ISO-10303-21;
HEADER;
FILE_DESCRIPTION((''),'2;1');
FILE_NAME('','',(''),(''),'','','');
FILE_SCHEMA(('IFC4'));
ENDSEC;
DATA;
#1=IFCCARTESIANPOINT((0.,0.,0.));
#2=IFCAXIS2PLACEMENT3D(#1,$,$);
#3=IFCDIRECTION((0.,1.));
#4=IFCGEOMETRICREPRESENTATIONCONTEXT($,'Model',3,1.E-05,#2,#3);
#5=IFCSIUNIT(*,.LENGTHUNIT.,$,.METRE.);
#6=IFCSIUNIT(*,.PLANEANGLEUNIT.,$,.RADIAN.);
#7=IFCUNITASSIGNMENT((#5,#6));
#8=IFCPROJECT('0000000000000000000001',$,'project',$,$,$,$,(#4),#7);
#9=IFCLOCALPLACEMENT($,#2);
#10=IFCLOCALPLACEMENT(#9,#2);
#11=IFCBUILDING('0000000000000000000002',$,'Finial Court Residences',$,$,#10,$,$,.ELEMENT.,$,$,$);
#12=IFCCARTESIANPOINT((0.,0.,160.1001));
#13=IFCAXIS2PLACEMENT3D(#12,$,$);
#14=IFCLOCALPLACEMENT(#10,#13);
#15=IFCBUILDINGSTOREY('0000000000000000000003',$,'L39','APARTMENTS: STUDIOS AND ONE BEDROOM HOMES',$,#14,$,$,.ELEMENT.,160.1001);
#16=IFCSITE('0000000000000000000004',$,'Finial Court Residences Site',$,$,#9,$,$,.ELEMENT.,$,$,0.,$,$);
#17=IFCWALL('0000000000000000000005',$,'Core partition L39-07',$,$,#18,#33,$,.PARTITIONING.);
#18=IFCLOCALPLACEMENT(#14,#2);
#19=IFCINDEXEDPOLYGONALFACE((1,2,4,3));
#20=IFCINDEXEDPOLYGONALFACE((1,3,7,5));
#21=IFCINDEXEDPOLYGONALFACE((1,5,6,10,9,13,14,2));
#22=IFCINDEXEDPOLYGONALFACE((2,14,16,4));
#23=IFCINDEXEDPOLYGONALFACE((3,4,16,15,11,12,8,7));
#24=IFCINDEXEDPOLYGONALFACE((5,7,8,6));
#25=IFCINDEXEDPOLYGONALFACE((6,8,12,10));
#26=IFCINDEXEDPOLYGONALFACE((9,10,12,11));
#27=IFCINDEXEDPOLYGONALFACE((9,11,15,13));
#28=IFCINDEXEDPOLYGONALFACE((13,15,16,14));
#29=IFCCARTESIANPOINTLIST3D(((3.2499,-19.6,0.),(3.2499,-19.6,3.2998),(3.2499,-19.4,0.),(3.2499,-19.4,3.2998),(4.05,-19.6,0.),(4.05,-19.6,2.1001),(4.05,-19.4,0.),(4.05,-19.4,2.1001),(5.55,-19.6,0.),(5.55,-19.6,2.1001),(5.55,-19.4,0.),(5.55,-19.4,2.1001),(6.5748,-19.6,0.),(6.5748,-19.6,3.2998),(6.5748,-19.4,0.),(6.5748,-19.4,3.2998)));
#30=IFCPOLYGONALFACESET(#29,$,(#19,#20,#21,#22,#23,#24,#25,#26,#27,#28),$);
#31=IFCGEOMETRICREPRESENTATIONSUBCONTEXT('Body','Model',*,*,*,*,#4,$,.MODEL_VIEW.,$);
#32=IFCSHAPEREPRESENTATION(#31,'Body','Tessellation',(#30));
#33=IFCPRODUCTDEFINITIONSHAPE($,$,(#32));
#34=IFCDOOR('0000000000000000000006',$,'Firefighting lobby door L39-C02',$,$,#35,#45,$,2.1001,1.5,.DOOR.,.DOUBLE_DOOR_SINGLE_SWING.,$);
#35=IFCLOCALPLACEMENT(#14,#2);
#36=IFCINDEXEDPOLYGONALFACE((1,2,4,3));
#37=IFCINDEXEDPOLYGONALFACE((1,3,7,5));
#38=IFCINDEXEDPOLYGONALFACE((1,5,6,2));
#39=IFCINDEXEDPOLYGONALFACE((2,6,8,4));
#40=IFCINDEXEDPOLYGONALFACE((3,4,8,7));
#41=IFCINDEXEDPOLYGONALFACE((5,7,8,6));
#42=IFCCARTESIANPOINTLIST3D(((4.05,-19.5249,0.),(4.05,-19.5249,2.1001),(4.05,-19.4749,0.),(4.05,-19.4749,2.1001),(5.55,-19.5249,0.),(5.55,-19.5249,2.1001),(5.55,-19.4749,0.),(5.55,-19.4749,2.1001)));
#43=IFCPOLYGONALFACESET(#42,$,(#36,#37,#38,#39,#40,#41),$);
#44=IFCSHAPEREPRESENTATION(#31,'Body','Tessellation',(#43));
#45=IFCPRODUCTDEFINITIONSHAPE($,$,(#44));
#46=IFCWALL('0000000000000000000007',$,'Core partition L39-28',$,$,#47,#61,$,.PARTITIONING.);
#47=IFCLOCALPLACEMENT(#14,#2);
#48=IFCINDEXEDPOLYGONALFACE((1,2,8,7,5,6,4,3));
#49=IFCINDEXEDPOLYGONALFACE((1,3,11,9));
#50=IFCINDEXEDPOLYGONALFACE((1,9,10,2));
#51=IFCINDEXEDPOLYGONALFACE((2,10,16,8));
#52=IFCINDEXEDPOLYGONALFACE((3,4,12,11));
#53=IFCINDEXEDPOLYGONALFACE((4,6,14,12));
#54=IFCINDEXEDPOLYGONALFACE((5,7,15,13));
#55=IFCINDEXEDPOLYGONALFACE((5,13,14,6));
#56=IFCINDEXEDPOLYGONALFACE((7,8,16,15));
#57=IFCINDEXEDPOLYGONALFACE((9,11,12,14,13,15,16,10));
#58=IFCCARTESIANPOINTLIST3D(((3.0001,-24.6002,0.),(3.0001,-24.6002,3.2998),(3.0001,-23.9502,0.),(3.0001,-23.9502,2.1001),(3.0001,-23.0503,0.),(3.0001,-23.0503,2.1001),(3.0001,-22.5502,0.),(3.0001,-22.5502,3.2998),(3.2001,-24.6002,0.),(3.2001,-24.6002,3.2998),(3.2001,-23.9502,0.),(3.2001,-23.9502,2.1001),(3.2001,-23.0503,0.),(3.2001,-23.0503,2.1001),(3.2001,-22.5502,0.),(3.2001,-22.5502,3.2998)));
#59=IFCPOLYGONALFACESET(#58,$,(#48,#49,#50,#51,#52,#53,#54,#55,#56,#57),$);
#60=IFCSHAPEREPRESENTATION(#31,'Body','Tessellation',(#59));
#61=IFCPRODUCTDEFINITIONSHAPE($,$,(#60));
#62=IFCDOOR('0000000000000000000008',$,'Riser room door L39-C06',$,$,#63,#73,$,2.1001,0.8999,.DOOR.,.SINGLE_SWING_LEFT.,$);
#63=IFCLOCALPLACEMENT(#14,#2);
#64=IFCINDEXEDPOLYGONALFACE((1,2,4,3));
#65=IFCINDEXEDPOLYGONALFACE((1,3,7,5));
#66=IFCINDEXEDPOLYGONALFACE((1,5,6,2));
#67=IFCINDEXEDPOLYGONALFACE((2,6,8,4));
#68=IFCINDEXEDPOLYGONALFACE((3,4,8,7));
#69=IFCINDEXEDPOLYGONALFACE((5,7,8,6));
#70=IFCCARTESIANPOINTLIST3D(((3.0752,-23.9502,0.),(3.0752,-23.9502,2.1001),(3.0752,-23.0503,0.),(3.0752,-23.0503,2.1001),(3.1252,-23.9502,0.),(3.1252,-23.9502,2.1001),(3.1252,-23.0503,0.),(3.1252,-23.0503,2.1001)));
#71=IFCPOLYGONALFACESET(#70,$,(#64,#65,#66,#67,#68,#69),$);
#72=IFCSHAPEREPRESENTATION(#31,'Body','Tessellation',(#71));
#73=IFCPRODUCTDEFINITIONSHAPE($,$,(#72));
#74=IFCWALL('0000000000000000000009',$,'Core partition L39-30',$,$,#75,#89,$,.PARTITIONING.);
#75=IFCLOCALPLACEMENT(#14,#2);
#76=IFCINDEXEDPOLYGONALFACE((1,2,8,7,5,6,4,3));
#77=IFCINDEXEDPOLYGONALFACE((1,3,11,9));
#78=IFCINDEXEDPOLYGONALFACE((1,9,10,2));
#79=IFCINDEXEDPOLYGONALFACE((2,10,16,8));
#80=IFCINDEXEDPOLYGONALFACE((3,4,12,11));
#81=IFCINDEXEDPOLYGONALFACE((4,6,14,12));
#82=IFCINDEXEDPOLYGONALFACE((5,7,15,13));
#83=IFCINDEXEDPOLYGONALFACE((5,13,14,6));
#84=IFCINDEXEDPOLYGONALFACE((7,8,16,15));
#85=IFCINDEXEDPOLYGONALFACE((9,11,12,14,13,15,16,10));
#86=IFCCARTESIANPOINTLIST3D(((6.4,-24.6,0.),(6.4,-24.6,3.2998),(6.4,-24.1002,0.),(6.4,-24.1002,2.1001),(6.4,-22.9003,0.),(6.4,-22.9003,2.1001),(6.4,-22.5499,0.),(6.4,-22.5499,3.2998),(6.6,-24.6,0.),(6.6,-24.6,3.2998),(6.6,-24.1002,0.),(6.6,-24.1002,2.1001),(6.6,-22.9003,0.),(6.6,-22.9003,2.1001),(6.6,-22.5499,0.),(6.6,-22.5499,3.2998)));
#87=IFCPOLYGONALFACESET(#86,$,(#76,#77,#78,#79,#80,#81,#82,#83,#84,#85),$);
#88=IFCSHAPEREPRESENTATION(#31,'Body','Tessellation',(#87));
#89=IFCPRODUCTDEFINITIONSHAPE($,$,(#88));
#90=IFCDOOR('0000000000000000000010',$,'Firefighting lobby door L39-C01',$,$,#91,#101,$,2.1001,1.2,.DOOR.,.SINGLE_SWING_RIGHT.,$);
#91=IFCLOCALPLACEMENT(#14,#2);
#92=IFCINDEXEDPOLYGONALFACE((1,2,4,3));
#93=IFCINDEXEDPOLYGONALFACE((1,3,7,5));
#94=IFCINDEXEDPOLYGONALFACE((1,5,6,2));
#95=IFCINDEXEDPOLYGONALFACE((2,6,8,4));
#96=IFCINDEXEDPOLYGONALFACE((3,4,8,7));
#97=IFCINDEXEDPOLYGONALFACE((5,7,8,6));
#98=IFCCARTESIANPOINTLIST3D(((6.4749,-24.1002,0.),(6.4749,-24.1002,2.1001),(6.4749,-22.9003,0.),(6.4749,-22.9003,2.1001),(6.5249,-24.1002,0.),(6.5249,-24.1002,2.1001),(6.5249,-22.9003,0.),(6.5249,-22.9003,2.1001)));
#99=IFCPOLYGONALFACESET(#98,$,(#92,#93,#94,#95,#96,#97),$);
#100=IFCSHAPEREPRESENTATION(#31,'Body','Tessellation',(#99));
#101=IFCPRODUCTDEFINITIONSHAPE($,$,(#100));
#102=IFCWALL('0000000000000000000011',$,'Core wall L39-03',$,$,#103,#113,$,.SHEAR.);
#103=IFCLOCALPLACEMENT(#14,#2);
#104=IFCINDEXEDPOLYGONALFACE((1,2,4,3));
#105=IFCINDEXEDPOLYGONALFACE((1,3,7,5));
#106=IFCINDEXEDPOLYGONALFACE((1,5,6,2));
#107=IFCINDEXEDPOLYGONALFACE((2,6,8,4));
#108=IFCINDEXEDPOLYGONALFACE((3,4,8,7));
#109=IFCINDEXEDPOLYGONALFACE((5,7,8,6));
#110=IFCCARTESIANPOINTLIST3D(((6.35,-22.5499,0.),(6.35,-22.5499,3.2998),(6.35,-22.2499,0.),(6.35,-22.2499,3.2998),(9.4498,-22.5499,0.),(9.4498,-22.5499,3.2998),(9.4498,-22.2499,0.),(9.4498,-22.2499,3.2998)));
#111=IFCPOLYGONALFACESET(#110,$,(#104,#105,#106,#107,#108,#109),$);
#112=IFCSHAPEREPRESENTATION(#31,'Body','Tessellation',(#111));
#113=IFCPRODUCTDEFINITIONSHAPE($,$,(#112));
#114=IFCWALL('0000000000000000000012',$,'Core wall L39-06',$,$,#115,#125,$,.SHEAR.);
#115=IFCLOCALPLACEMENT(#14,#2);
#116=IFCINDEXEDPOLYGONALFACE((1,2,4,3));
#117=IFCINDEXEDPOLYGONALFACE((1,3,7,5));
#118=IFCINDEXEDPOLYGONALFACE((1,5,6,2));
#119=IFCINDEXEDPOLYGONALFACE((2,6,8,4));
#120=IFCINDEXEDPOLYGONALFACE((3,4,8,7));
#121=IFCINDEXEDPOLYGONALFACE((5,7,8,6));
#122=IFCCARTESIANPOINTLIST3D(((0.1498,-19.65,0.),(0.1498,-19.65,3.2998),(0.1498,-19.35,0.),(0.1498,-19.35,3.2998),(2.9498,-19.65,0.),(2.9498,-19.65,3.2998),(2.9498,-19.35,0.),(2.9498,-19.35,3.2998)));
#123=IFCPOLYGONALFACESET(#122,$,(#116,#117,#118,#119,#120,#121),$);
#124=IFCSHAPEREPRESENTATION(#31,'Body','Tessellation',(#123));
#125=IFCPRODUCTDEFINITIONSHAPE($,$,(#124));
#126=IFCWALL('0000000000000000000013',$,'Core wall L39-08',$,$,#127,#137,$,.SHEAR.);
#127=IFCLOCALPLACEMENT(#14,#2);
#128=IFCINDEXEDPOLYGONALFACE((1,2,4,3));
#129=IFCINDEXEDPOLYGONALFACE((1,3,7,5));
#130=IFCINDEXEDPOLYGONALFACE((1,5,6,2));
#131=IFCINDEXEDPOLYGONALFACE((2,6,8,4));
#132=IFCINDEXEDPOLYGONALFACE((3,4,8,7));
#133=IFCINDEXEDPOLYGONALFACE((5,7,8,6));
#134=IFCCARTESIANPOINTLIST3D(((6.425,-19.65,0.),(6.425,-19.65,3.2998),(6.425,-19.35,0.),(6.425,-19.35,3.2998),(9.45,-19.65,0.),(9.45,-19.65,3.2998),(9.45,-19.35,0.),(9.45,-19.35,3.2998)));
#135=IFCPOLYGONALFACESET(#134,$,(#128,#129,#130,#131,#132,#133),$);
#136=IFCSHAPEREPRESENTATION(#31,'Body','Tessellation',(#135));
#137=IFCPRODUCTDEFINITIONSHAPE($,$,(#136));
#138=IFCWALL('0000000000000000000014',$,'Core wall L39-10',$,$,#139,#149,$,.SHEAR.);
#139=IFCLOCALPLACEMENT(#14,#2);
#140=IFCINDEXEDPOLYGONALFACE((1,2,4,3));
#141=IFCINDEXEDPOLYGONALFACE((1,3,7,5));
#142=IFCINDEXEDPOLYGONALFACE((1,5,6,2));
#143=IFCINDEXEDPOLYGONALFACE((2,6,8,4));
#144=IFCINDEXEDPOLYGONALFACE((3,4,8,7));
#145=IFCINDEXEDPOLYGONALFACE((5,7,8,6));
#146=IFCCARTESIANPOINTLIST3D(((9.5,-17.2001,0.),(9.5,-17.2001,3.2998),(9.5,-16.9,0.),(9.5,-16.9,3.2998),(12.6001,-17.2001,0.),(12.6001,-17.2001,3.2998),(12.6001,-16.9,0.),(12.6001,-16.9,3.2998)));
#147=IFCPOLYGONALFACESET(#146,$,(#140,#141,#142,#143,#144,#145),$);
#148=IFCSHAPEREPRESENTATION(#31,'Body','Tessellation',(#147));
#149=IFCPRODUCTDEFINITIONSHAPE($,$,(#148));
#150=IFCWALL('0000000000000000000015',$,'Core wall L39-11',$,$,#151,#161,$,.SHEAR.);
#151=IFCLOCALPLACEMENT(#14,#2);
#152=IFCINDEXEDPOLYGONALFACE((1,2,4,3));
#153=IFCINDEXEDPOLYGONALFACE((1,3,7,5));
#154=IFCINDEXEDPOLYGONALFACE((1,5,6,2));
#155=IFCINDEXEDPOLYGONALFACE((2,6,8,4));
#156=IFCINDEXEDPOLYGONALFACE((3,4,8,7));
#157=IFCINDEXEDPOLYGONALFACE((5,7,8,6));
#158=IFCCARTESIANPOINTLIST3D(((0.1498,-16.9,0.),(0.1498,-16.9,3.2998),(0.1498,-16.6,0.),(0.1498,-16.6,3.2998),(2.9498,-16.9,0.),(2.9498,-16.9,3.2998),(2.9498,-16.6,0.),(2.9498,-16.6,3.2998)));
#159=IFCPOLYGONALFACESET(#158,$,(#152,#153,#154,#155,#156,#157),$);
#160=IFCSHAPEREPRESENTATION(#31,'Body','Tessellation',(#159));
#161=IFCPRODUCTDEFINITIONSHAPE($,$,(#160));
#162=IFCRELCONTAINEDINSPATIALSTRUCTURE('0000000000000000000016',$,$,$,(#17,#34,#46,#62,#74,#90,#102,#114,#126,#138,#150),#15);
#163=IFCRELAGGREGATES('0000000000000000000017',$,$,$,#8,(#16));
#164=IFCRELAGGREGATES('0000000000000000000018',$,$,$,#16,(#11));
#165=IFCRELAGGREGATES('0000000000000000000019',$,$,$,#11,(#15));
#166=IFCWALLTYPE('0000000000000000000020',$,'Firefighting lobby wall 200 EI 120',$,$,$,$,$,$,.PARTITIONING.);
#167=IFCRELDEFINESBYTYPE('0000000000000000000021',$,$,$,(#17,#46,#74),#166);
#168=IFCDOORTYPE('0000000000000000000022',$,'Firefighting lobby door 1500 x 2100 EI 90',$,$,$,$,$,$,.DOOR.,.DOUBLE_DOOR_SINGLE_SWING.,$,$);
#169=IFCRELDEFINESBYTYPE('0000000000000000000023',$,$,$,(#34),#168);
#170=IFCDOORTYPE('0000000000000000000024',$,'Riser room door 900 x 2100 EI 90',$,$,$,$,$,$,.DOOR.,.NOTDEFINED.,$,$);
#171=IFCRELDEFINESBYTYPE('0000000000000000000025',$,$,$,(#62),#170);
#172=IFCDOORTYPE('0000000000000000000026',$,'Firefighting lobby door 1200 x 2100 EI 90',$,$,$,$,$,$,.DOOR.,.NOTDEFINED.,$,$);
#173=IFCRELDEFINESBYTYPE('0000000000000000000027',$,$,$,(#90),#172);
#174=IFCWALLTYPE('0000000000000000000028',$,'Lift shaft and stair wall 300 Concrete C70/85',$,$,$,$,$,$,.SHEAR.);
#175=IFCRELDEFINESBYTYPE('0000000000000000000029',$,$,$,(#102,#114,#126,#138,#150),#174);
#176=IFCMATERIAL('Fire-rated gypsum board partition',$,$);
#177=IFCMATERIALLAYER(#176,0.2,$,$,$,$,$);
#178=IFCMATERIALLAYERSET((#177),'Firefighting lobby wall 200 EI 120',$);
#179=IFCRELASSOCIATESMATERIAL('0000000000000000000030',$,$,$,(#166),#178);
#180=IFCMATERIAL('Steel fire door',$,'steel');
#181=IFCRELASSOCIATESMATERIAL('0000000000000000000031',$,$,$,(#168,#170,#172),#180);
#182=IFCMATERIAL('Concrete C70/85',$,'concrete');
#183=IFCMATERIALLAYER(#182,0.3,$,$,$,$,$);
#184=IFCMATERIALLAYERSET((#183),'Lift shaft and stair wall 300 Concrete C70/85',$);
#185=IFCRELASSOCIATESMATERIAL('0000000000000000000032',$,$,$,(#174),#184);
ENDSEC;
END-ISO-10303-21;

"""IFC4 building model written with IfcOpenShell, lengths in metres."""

from ifc_helpers import new_model, si_unit, direction, frame, frame_2d, origin, place, context, subcontext, project, spatial, rectangle, extrude, material, layer, layer_set, type_object, element, fill, save


model = new_model("IFC4")

# Units and contexts
model_context = context("Model", 3, precision=1e-05, world=origin(), true_north=direction((0.0, 1.0)))
body_context = subcontext(model_context, "Body", "Model", "MODEL_VIEW")
ifc_project = project(units=[si_unit("LENGTHUNIT", "METRE"), si_unit("PLANEANGLEUNIT", "RADIAN")], contexts=[model_context])

# Site, building, storey
site_placement = place(None, origin())
site = spatial("IfcSite", under=ifc_project, at=site_placement, Name="Finial Court Residences Site", CompositionType="ELEMENT", RefElevation=0.0)
building_placement = place(site_placement, origin())
building = spatial("IfcBuilding", under=site, at=building_placement, Name="Finial Court Residences", CompositionType="ELEMENT")
storey_placement = place(building_placement, frame((0.0, 0.0, 160.1001)))
storey = spatial("IfcBuildingStorey", under=building, at=storey_placement, Name="L39", Description="APARTMENTS: STUDIOS AND ONE BEDROOM HOMES", CompositionType="ELEMENT", Elevation=160.1001)

# Walls, openings, doors
ifc_material_1 = material(Name="Fire-rated gypsum board partition")
ifc_layer_1 = layer(ifc_material_1, 0.2)
ifc_layer_set_1 = layer_set([ifc_layer_1], Name="Firefighting lobby wall 200 EI 120")
wall_type_1 = type_object("IfcWallType", Name="Firefighting lobby wall 200 EI 120", PredefinedType="PARTITIONING", material=ifc_layer_set_1)
wall_1_placement = place(storey_placement, frame((6.575, -19.5, 0.0), z_axis=(0.0, 0.0, 1.0), x_axis=(-1.0, 0.0, 0.0)))
wall_1 = element("IfcWall", 1, at=wall_1_placement, inside=storey, type_object=wall_type_1, Name="Core partition L39-07", PredefinedType="PARTITIONING", context=body_context, shape_type="SweptSolid", body=[
    extrude(rectangle(XDim=3.325, YDim=0.2, at=frame_2d((1.6626, 0.0))), origin(), (0.0, 0.0, 1.0), 3.2998),
])
opening_1_placement = place(wall_1_placement, frame((1.0249, 0.0, 0.0)))
opening_1 = element("IfcOpeningElement", 2, at=opening_1_placement, cuts=wall_1, PredefinedType="OPENING", context=body_context, shape_type="SweptSolid", body=[
    extrude(rectangle(XDim=1.5, YDim=2.1001, at=frame_2d((0.75, 1.05))), frame((0.0, 0.1099, 0.0), z_axis=(0.0, -1.0, 0.0), x_axis=(1.0, 0.0, 0.0)), (0.0, 0.0, 1.0), 0.22),
])
ifc_material_2 = material(Name="Steel fire door", Category="steel")
door_type_1 = type_object("IfcDoorType", Name="Firefighting lobby door 1500 x 2100 EI 90", OperationType="DOUBLE_DOOR_SINGLE_SWING", PredefinedType="DOOR", material=ifc_material_2)
door_1_placement = place(opening_1_placement, origin())
door_1 = element("IfcDoor", 3, at=door_1_placement, inside=storey, type_object=door_type_1, Name="Firefighting lobby door L39-C02", OperationType="DOUBLE_DOOR_SINGLE_SWING", OverallHeight=2.1001, OverallWidth=1.5, PredefinedType="DOOR", context=body_context, shape_type="SweptSolid", body=[
    extrude(rectangle(XDim=1.5, YDim=2.1001, at=frame_2d((0.75, 1.05))), frame((0.0, 0.0249, 0.0), z_axis=(0.0, -1.0, 0.0), x_axis=(1.0, 0.0, 0.0)), (0.0, 0.0, 1.0), 0.05),
])
fill(opening_1, door_1)
wall_2_placement = place(storey_placement, frame((3.1001, -24.6001, 0.0), z_axis=(0.0, 0.0, 1.0), x_axis=(0.0, 1.0, 0.0)))
wall_2 = element("IfcWall", 4, at=wall_2_placement, inside=storey, type_object=wall_type_1, Name="Core partition L39-28", PredefinedType="PARTITIONING", context=body_context, shape_type="SweptSolid", body=[
    extrude(rectangle(XDim=2.05, YDim=0.2, at=frame_2d((1.0249, 0.0))), origin(), (0.0, 0.0, 1.0), 3.2998),
])
opening_2_placement = place(wall_2_placement, frame((0.6499, 0.0, 0.0)))
opening_2 = element("IfcOpeningElement", 5, at=opening_2_placement, cuts=wall_2, PredefinedType="OPENING", context=body_context, shape_type="SweptSolid", body=[
    extrude(rectangle(XDim=0.8999, YDim=2.1001, at=frame_2d((0.45, 1.05))), frame((0.0, 0.1099, 0.0), z_axis=(0.0, -1.0, 0.0), x_axis=(1.0, 0.0, 0.0)), (0.0, 0.0, 1.0), 0.22),
])
door_type_2 = type_object("IfcDoorType", Name="Riser room door 900 x 2100 EI 90", OperationType="NOTDEFINED", PredefinedType="DOOR", material=ifc_material_2)
door_2_placement = place(opening_2_placement, origin())
door_2 = element("IfcDoor", 6, at=door_2_placement, inside=storey, type_object=door_type_2, Name="Riser room door L39-C06", OperationType="SINGLE_SWING_LEFT", OverallHeight=2.1001, OverallWidth=0.8999, PredefinedType="DOOR", context=body_context, shape_type="SweptSolid", body=[
    extrude(rectangle(XDim=0.8999, YDim=2.1001, at=frame_2d((0.45, 1.05))), frame((0.0, 0.0249, 0.0), z_axis=(0.0, -1.0, 0.0), x_axis=(1.0, 0.0, 0.0)), (0.0, 0.0, 1.0), 0.05),
])
fill(opening_2, door_2)
wall_3_placement = place(storey_placement, frame((6.5, -22.55, 0.0), z_axis=(0.0, 0.0, 1.0), x_axis=(0.0, -1.0, 0.0)))
wall_3 = element("IfcWall", 7, at=wall_3_placement, inside=storey, type_object=wall_type_1, Name="Core partition L39-30", PredefinedType="PARTITIONING", context=body_context, shape_type="SweptSolid", body=[
    extrude(rectangle(XDim=2.05, YDim=0.2, at=frame_2d((1.0249, 0.0))), origin(), (0.0, 0.0, 1.0), 3.2998),
])
opening_3_placement = place(wall_3_placement, frame((0.3501, 0.0, 0.0)))
opening_3 = element("IfcOpeningElement", 8, at=opening_3_placement, cuts=wall_3, PredefinedType="OPENING", context=body_context, shape_type="SweptSolid", body=[
    extrude(rectangle(XDim=1.2, YDim=2.1001, at=frame_2d((0.6001, 1.05))), frame((0.0, 0.1099, 0.0), z_axis=(0.0, -1.0, 0.0), x_axis=(1.0, 0.0, 0.0)), (0.0, 0.0, 1.0), 0.22),
])
door_type_3 = type_object("IfcDoorType", Name="Firefighting lobby door 1200 x 2100 EI 90", OperationType="NOTDEFINED", PredefinedType="DOOR", material=ifc_material_2)
door_3_placement = place(opening_3_placement, origin())
door_3 = element("IfcDoor", 9, at=door_3_placement, inside=storey, type_object=door_type_3, Name="Firefighting lobby door L39-C01", OperationType="SINGLE_SWING_RIGHT", OverallHeight=2.1001, OverallWidth=1.2, PredefinedType="DOOR", context=body_context, shape_type="SweptSolid", body=[
    extrude(rectangle(XDim=1.2, YDim=2.1001, at=frame_2d((0.6001, 1.05))), frame((0.0, 0.0249, 0.0), z_axis=(0.0, -1.0, 0.0), x_axis=(1.0, 0.0, 0.0)), (0.0, 0.0, 1.0), 0.05),
])
fill(opening_3, door_3)

# Walls
ifc_material_3 = material(Name="Concrete C70/85", Category="concrete")
ifc_layer_2 = layer(ifc_material_3, 0.3)
ifc_layer_set_2 = layer_set([ifc_layer_2], Name="Lift shaft and stair wall 300 Concrete C70/85")
wall_type_2 = type_object("IfcWallType", Name="Lift shaft and stair wall 300 Concrete C70/85", PredefinedType="SHEAR", material=ifc_layer_set_2)
wall_4_placement = place(storey_placement, frame((6.3501, -22.3999, 0.0), z_axis=(0.0, 0.0, 1.0), x_axis=(1.0, 0.0, 0.0)))
element("IfcWall", 10, at=wall_4_placement, inside=storey, type_object=wall_type_2, Name="Core wall L39-03", PredefinedType="SHEAR", context=body_context, shape_type="SweptSolid", body=[
    extrude(rectangle(XDim=3.0999, YDim=0.3, at=frame_2d((1.5498, 0.0))), origin(), (0.0, 0.0, 1.0), 3.2998),
])
wall_5_placement = place(storey_placement, frame((0.1499, -19.5, 0.0), z_axis=(0.0, 0.0, 1.0), x_axis=(1.0, 0.0, 0.0)))
element("IfcWall", 11, at=wall_5_placement, inside=storey, type_object=wall_type_2, Name="Core wall L39-06", PredefinedType="SHEAR", context=body_context, shape_type="SweptSolid", body=[
    extrude(rectangle(XDim=2.8, YDim=0.3, at=frame_2d((1.3999, 0.0))), origin(), (0.0, 0.0, 1.0), 3.2998),
])
wall_6_placement = place(storey_placement, frame((6.425, -19.5, 0.0), z_axis=(0.0, 0.0, 1.0), x_axis=(1.0, 0.0, 0.0)))
element("IfcWall", 12, at=wall_6_placement, inside=storey, type_object=wall_type_2, Name="Core wall L39-08", PredefinedType="SHEAR", context=body_context, shape_type="SweptSolid", body=[
    extrude(rectangle(XDim=3.0249, YDim=0.3, at=frame_2d((1.5125, 0.0))), origin(), (0.0, 0.0, 1.0), 3.2998),
])
wall_7_placement = place(storey_placement, frame((9.5, -17.05, 0.0), z_axis=(0.0, 0.0, 1.0), x_axis=(1.0, 0.0, 0.0)))
element("IfcWall", 13, at=wall_7_placement, inside=storey, type_object=wall_type_2, Name="Core wall L39-10", PredefinedType="SHEAR", context=body_context, shape_type="SweptSolid", body=[
    extrude(rectangle(XDim=3.1001, YDim=0.3, at=frame_2d((1.55, 0.0))), origin(), (0.0, 0.0, 1.0), 3.2998),
])
wall_8_placement = place(storey_placement, frame((0.1499, -16.75, 0.0), z_axis=(0.0, 0.0, 1.0), x_axis=(1.0, 0.0, 0.0)))
element("IfcWall", 14, at=wall_8_placement, inside=storey, type_object=wall_type_2, Name="Core wall L39-11", PredefinedType="SHEAR", context=body_context, shape_type="SweptSolid", body=[
    extrude(rectangle(XDim=2.8, YDim=0.3, at=frame_2d((1.3999, 0.0))), origin(), (0.0, 0.0, 1.0), 3.2998),
])

save(model, "model.ifc")
